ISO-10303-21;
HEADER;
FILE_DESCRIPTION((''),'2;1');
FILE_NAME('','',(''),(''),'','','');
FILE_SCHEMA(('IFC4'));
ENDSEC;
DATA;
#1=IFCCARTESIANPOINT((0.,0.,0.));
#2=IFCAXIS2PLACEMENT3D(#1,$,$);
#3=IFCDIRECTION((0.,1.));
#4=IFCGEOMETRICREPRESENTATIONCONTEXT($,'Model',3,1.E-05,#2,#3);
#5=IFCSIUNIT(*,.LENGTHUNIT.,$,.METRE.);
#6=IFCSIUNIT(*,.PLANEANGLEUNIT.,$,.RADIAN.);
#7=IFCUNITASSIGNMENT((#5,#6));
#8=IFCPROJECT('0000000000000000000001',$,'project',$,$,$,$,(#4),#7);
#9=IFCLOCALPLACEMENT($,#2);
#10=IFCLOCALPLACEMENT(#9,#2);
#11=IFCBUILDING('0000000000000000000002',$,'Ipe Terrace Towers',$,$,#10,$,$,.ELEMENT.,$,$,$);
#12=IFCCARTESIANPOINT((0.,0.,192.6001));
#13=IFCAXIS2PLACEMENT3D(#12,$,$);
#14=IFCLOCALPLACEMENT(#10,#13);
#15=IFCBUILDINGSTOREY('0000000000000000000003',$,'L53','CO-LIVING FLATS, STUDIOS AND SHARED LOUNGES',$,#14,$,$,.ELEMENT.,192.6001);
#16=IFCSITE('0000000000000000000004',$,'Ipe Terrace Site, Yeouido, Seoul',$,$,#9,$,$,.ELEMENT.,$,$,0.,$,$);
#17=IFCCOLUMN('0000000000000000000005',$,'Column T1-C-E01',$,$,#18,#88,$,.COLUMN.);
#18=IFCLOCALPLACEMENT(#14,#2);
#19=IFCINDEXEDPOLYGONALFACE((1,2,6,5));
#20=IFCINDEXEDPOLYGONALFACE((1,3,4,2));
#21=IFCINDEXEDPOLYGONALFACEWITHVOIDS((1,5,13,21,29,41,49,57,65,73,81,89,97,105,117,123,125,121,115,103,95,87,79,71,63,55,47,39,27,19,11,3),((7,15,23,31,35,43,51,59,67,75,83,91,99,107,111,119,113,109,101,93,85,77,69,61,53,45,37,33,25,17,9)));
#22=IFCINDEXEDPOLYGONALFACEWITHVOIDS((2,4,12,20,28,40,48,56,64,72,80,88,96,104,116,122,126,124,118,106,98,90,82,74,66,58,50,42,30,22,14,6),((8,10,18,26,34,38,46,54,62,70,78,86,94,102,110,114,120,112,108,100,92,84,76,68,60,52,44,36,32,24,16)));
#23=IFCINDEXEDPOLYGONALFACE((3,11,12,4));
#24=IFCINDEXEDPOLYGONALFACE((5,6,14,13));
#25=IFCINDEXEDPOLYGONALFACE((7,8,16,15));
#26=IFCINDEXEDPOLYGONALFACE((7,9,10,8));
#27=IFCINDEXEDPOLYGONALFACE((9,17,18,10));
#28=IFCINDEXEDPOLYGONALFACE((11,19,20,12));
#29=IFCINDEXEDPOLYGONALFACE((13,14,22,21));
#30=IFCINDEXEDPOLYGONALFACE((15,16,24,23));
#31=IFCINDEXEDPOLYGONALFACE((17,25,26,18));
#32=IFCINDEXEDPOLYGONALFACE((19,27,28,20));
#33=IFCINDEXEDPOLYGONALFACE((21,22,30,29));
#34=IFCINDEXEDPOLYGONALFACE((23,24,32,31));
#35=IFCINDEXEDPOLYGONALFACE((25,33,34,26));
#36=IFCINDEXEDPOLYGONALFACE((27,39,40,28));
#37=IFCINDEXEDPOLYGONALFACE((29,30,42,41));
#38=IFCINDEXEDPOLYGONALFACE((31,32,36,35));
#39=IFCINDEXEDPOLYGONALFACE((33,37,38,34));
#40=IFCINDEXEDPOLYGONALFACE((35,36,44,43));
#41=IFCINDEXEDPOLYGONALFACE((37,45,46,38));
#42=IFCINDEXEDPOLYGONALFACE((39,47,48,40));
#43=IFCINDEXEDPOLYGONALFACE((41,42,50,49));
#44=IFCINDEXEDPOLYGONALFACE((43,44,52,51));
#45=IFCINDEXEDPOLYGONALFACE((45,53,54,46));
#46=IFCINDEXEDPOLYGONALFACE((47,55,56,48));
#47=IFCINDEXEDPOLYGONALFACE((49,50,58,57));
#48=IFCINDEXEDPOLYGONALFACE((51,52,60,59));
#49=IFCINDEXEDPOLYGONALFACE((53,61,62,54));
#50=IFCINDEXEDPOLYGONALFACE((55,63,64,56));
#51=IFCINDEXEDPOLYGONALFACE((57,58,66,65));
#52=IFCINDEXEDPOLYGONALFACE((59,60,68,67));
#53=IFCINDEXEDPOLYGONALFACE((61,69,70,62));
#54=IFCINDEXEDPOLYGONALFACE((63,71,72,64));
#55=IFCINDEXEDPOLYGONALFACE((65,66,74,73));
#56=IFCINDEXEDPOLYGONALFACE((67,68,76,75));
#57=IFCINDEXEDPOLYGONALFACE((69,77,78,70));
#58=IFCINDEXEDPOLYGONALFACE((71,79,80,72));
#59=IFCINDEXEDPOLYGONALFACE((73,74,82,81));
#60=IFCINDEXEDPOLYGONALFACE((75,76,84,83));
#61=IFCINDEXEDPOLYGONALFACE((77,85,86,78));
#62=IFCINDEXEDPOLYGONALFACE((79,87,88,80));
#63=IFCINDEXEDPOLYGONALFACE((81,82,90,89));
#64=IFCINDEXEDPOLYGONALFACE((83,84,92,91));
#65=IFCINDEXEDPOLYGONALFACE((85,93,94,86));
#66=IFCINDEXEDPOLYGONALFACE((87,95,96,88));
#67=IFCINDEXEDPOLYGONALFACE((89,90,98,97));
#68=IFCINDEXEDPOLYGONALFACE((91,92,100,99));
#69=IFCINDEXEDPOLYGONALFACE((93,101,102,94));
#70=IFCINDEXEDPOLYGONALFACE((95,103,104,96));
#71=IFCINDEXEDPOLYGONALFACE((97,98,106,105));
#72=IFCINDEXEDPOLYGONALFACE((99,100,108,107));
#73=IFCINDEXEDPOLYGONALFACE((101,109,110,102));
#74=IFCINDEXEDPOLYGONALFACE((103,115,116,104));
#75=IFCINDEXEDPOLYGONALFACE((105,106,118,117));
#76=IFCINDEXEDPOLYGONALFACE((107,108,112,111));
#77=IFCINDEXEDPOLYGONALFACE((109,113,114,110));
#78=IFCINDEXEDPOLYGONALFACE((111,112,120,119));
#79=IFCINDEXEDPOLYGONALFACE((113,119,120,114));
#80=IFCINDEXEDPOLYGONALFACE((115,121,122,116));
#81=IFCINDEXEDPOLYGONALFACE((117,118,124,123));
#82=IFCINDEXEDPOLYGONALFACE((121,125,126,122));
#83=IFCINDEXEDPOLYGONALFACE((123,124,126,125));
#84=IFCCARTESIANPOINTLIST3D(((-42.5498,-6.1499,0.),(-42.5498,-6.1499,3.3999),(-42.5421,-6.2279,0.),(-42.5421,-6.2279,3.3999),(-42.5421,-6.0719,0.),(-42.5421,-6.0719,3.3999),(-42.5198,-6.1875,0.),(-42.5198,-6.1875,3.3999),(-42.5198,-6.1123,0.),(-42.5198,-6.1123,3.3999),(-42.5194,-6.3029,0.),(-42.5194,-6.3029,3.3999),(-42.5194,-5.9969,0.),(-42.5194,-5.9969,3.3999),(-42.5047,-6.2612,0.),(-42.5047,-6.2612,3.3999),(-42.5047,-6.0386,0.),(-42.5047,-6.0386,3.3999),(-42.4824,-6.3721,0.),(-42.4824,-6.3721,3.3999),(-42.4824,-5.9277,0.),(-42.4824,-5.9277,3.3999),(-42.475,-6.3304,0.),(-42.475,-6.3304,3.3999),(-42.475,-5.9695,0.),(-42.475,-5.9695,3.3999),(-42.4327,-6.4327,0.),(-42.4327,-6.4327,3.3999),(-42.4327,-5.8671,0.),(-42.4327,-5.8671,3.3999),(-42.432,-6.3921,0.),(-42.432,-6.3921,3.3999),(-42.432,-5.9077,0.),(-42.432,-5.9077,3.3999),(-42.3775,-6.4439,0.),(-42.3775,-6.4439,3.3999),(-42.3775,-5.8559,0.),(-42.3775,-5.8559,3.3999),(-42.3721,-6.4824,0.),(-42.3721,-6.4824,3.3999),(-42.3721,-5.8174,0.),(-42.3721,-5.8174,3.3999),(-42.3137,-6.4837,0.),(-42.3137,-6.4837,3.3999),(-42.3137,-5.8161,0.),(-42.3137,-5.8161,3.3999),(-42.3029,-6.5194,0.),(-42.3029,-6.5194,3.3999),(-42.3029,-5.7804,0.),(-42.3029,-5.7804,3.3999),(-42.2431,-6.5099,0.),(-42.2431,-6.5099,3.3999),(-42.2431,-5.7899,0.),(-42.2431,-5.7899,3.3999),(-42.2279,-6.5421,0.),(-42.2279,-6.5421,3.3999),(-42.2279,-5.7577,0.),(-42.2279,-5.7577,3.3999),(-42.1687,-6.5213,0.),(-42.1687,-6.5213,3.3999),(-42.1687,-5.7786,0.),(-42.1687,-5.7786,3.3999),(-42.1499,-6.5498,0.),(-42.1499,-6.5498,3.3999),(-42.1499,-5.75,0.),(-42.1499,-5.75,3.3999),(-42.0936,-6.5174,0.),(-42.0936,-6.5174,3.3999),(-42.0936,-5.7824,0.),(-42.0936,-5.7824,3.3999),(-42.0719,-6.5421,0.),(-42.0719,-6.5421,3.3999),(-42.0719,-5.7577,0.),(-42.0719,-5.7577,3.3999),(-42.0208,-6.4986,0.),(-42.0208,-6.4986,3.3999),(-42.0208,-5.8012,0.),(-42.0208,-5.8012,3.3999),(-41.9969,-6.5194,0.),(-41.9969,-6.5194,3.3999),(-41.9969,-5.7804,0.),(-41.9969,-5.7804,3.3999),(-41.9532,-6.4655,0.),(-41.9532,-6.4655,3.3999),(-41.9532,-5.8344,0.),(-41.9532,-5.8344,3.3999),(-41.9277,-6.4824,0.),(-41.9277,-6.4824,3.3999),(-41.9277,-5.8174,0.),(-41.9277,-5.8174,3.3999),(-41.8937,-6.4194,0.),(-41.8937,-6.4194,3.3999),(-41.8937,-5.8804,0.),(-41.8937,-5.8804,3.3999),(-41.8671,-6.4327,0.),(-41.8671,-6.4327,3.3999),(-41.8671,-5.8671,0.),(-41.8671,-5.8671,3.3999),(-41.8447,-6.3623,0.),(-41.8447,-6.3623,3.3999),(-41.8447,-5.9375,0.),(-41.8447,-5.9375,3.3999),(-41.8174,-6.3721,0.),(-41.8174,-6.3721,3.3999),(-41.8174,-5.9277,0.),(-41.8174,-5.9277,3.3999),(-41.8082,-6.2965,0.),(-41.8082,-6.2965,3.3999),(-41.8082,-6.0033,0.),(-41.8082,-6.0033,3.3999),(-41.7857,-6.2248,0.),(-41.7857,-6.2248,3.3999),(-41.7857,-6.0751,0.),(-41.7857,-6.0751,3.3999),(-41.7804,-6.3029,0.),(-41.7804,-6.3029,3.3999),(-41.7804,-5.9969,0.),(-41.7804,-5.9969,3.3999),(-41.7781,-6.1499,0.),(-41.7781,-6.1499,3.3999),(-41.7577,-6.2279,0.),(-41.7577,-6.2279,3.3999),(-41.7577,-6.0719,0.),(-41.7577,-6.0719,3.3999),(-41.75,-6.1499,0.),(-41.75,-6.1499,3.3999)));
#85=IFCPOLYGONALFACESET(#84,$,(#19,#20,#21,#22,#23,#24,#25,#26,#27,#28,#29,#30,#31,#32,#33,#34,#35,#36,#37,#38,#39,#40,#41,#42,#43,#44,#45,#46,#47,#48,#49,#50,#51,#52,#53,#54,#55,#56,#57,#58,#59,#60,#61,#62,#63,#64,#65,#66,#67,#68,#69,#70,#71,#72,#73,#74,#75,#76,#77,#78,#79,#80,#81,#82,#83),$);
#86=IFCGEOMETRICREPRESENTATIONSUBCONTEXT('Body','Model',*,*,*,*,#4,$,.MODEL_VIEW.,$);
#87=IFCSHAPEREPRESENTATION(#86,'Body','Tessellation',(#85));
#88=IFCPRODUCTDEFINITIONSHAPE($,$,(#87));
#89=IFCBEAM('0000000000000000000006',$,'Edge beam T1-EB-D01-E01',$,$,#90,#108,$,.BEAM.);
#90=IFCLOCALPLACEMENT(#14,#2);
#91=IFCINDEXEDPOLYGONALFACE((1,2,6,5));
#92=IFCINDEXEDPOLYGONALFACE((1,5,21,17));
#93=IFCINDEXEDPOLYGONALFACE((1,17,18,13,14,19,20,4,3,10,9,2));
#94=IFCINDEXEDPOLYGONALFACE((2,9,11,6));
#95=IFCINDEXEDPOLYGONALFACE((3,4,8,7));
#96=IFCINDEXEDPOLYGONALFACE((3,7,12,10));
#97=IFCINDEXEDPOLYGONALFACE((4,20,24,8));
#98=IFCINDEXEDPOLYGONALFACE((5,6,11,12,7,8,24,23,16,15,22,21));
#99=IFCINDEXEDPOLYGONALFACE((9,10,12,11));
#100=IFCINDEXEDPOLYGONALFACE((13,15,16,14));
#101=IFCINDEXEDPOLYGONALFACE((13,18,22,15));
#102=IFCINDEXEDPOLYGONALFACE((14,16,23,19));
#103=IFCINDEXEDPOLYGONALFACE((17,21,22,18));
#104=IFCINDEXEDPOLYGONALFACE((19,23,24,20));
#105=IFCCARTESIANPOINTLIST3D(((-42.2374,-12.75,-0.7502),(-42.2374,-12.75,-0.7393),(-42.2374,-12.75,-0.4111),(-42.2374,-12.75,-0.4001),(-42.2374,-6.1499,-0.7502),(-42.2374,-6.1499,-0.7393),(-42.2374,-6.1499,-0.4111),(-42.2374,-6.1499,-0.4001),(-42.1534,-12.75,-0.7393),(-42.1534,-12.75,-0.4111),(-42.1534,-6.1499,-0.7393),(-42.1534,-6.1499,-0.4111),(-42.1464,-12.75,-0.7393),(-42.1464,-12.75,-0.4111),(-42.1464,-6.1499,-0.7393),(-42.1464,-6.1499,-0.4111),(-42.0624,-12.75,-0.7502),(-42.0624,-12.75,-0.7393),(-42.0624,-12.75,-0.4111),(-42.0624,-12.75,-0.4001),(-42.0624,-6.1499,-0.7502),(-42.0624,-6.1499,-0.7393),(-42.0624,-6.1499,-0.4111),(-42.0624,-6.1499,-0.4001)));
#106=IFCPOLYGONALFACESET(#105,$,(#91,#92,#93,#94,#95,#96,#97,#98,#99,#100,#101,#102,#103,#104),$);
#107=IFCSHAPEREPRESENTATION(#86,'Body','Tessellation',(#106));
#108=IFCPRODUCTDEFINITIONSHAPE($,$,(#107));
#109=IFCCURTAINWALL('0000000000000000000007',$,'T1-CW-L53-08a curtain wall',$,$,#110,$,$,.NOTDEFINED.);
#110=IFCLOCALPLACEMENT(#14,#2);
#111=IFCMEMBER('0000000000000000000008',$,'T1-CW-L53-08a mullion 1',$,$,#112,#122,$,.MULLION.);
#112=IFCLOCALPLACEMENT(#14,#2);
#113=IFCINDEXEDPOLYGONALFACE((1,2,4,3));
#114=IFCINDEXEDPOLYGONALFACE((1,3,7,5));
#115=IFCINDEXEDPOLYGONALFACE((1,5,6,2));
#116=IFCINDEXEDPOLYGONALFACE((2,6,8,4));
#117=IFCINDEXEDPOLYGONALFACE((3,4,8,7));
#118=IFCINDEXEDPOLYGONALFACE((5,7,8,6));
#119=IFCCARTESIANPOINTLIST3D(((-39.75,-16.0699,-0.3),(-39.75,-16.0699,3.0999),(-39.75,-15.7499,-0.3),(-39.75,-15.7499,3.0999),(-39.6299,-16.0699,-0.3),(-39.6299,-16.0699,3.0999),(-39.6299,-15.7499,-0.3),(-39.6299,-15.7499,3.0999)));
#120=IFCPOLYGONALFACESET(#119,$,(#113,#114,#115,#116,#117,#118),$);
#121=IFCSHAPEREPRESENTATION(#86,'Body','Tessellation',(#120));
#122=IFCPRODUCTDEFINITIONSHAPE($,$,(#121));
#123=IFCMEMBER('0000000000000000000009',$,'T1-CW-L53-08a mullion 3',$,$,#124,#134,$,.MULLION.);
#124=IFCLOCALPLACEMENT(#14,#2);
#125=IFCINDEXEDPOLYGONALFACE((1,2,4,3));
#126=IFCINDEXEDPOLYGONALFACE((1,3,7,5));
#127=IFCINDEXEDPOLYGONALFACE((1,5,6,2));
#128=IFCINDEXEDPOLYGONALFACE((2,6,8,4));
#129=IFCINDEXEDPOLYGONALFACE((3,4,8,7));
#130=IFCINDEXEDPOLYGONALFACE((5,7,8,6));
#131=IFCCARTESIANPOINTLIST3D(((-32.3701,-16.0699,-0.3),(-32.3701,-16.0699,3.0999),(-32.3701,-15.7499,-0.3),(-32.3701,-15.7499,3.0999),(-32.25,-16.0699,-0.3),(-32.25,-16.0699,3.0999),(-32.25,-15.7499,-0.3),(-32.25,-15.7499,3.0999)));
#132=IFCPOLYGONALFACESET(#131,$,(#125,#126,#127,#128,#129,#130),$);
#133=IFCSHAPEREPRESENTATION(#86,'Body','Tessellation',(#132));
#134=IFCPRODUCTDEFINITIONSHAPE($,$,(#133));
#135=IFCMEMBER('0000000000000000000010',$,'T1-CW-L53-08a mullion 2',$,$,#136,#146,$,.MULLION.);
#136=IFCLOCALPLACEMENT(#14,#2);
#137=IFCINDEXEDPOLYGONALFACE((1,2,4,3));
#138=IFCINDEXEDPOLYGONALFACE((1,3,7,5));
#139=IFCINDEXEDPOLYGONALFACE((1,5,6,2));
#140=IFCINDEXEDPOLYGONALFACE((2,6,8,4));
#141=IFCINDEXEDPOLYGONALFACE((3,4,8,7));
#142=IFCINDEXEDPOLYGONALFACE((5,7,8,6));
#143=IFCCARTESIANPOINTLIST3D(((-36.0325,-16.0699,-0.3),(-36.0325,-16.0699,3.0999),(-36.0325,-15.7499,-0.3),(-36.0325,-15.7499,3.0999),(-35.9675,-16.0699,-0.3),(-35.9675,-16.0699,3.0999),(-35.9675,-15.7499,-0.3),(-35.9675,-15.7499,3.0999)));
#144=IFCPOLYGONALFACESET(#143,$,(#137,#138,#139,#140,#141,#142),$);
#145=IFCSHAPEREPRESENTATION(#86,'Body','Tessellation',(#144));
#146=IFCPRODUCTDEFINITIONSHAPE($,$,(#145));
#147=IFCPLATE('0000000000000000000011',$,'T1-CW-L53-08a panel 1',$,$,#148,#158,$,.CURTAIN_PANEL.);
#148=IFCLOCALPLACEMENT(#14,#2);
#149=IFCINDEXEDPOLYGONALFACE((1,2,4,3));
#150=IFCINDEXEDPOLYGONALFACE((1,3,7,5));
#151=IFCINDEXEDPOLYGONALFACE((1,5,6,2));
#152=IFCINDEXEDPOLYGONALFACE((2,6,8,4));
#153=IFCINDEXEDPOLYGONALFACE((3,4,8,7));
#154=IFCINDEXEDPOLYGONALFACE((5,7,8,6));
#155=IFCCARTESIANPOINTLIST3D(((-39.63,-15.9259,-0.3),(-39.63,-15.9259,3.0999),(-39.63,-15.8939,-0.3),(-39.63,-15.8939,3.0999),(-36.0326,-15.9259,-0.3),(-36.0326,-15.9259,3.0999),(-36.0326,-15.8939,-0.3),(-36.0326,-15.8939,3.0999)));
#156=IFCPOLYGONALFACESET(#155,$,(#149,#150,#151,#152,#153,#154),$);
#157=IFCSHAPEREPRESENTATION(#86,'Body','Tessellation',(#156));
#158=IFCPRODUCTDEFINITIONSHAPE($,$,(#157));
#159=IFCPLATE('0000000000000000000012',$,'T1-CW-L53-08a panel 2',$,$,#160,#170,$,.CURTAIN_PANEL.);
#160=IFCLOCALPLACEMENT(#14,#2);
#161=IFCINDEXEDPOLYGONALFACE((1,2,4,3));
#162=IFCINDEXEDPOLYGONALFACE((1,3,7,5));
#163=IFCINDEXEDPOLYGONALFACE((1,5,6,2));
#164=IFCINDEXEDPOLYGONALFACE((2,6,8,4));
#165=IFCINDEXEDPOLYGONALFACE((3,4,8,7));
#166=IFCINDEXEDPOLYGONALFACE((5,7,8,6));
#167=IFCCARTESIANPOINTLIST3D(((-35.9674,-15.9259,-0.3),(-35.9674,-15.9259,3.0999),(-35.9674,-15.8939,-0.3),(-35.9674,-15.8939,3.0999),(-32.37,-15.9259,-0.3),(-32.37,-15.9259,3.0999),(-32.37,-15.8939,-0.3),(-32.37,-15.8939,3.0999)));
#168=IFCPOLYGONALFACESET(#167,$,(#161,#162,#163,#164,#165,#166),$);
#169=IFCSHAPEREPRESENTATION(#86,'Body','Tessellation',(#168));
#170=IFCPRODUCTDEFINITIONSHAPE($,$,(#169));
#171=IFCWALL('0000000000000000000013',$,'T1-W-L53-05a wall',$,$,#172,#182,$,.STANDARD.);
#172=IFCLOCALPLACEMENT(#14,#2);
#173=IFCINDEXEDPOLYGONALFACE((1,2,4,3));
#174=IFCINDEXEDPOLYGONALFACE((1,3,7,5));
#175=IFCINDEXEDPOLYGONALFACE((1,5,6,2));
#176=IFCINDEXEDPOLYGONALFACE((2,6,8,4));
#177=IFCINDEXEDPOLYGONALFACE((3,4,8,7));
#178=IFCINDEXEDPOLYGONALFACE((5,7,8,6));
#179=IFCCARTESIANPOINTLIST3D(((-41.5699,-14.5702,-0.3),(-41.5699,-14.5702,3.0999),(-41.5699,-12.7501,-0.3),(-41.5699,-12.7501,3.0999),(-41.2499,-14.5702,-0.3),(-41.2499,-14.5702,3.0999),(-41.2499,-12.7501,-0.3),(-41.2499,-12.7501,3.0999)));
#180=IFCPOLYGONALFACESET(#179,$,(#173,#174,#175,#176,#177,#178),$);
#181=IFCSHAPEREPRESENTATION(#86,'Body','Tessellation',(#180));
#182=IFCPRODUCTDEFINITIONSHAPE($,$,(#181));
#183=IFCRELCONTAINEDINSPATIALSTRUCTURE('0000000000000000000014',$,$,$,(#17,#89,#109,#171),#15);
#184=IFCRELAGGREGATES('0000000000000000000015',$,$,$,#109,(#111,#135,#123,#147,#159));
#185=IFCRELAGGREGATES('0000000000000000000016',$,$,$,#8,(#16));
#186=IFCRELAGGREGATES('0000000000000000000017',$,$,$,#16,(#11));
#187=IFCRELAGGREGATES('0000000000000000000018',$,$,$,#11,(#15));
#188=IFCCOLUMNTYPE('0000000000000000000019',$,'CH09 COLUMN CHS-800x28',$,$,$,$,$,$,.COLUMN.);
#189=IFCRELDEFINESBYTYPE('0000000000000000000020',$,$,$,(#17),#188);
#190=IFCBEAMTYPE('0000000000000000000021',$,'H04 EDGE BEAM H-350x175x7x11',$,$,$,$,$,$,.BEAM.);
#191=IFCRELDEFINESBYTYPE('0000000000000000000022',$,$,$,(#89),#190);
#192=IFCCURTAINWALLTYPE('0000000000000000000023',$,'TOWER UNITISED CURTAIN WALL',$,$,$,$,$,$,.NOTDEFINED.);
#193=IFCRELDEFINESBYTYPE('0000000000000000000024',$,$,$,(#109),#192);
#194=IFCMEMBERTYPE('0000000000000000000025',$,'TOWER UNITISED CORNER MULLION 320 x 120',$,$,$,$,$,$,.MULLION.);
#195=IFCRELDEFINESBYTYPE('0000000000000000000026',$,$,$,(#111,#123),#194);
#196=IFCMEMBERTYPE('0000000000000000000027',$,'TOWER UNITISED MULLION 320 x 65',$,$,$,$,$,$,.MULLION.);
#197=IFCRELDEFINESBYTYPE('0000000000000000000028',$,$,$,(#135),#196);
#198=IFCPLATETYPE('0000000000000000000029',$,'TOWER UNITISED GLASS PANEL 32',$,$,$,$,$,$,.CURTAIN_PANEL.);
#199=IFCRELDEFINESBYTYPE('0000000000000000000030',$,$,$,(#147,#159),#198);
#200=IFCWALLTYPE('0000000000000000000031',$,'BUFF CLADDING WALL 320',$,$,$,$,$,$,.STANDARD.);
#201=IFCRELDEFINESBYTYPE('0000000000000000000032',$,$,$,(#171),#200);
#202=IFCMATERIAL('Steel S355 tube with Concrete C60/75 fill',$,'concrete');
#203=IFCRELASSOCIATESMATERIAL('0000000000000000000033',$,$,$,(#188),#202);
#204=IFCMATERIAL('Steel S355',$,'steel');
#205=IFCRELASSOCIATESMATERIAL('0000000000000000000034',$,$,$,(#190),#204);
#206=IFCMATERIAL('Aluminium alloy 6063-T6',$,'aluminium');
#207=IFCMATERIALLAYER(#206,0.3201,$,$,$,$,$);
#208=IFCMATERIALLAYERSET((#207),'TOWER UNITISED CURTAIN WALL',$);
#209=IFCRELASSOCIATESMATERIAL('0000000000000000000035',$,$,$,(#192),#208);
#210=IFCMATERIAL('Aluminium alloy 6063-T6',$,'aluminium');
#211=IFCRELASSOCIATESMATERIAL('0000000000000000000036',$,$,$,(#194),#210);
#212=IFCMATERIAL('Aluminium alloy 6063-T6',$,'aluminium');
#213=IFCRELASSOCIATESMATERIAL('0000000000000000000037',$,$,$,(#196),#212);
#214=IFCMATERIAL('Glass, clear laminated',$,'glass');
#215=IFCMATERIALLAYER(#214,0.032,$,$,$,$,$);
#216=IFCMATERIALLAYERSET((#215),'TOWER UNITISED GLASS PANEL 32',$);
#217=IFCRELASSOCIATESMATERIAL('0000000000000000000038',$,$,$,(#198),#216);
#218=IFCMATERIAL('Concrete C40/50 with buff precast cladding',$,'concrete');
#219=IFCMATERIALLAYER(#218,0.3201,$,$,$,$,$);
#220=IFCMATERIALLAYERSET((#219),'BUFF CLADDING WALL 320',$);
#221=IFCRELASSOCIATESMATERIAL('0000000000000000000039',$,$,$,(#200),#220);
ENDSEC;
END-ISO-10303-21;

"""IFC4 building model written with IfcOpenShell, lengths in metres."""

from ifc_helpers import new_model, si_unit, direction, frame, frame_2d, origin, origin_2d, place, context, subcontext, project, spatial, rectangle, hollow_circle, i_section, extrude, material, layer, layer_set, material_profile, profile_set, type_object, element, aggregate, save


model = new_model("IFC4")

# Units and contexts
model_context = context("Model", 3, precision=1e-05, world=origin(), true_north=direction((0.0, 1.0)))
body_context = subcontext(model_context, "Body", "Model", "MODEL_VIEW")
ifc_project = project(units=[si_unit("LENGTHUNIT", "METRE"), si_unit("PLANEANGLEUNIT", "RADIAN")], contexts=[model_context])

# Site, building, storey
site_placement = place(None, origin())
site = spatial("IfcSite", under=ifc_project, at=site_placement, Name="Ipe Terrace Site, Yeouido, Seoul", CompositionType="ELEMENT", RefElevation=0.0)
building_placement = place(site_placement, origin())
building = spatial("IfcBuilding", under=site, at=building_placement, Name="Ipe Terrace Towers", CompositionType="ELEMENT")
storey_placement = place(building_placement, frame((0.0, 0.0, 192.6001)))
storey = spatial("IfcBuildingStorey", under=building, at=storey_placement, Name="L53", Description="CO-LIVING FLATS, STUDIOS AND SHARED LOUNGES", CompositionType="ELEMENT", Elevation=192.6001)

# Column
ifc_material_1 = material(Name="Steel S355 tube with Concrete C60/75 fill", Category="concrete")
ifc_material_profile_1 = material_profile(ifc_material_1, hollow_circle(Radius=0.3999, WallThickness=0.0281, at=origin_2d()), Name="CHS-800x28")
ifc_profile_set_1 = profile_set([ifc_material_profile_1], Name="Steel S355 tube with Concrete C60/75 fill")
column_type = type_object("IfcColumnType", Name="CH09 COLUMN CHS-800x28", PredefinedType="COLUMN", material=ifc_profile_set_1)
column_placement = place(storey_placement, frame((-42.1499, -6.1499, 0.0), z_axis=(0.0, 0.0, 1.0), x_axis=(1.0, 0.0, 0.0)))
element("IfcColumn", 1, at=column_placement, inside=storey, type_object=column_type, Name="Column T1-C-E01", PredefinedType="COLUMN", context=body_context, shape_type="SweptSolid", body=[
    extrude(hollow_circle(Radius=0.3999, WallThickness=0.0281, at=origin_2d()), origin(), (0.0, 0.0, 1.0), 3.3999),
])

# Beam
ifc_material_2 = material(Name="Steel S355", Category="steel")
ifc_material_profile_2 = material_profile(ifc_material_2, i_section(OverallWidth=0.175, OverallDepth=0.3501, WebThickness=0.0071, FlangeThickness=0.011, at=origin_2d()), Name="H-350x175x7x11")
ifc_profile_set_2 = profile_set([ifc_material_profile_2], Name="Steel S355")
beam_type = type_object("IfcBeamType", Name="H04 EDGE BEAM H-350x175x7x11", PredefinedType="BEAM", material=ifc_profile_set_2)
beam_placement = place(storey_placement, frame((-42.1499, -12.75, -0.5752), z_axis=(0.0, 1.0, 0.0), x_axis=(-1.0, 0.0, 0.0)))
element("IfcBeam", 2, at=beam_placement, inside=storey, type_object=beam_type, Name="Edge beam T1-EB-D01-E01", PredefinedType="BEAM", context=body_context, shape_type="SweptSolid", body=[
    extrude(i_section(OverallWidth=0.175, OverallDepth=0.3501, WebThickness=0.0071, FlangeThickness=0.011, at=origin_2d()), origin(), (0.0, 0.0, 1.0), 6.6001),
])

# Curtain wall, members, plates
ifc_material_3 = material(Name="Aluminium alloy 6063-T6", Category="aluminium")
ifc_layer_1 = layer(ifc_material_3, 0.3201)
ifc_layer_set_1 = layer_set([ifc_layer_1], Name="TOWER UNITISED CURTAIN WALL")
curtain_wall_type = type_object("IfcCurtainWallType", Name="TOWER UNITISED CURTAIN WALL", PredefinedType="NOTDEFINED", material=ifc_layer_set_1)
curtain_wall_placement = place(storey_placement, origin())
curtain_wall = element("IfcCurtainWall", 3, at=curtain_wall_placement, inside=storey, type_object=curtain_wall_type, Name="T1-CW-L53-08a curtain wall", PredefinedType="NOTDEFINED")
ifc_material_4 = material(Name="Aluminium alloy 6063-T6", Category="aluminium")
ifc_material_profile_3 = material_profile(ifc_material_4, rectangle(XDim=0.3201, YDim=0.1201, at=origin_2d()), Name="TOWER UNITISED CORNER MULLION 320 x 120")
ifc_profile_set_3 = profile_set([ifc_material_profile_3], Name="Aluminium alloy 6063-T6")
member_type_1 = type_object("IfcMemberType", Name="TOWER UNITISED CORNER MULLION 320 x 120", PredefinedType="MULLION", material=ifc_profile_set_3)
member_1_placement = place(storey_placement, frame((-39.6899, -15.9099, -0.3), z_axis=(0.0, 0.0, 1.0), x_axis=(0.0, -1.0, 0.0)))
member_1 = element("IfcMember", 4, at=member_1_placement, type_object=member_type_1, Name="T1-CW-L53-08a mullion 1", PredefinedType="MULLION", context=body_context, shape_type="SweptSolid", body=[
    extrude(rectangle(XDim=0.3201, YDim=0.1201, at=origin_2d()), origin(), (0.0, 0.0, 1.0), 3.3999),
])
member_2_placement = place(storey_placement, frame((-32.3101, -15.9099, -0.3), z_axis=(0.0, 0.0, 1.0), x_axis=(0.0, -1.0, 0.0)))
member_2 = element("IfcMember", 5, at=member_2_placement, type_object=member_type_1, Name="T1-CW-L53-08a mullion 3", PredefinedType="MULLION", context=body_context, shape_type="SweptSolid", body=[
    extrude(rectangle(XDim=0.3201, YDim=0.1201, at=origin_2d()), origin(), (0.0, 0.0, 1.0), 3.3999),
])
ifc_material_5 = material(Name="Aluminium alloy 6063-T6", Category="aluminium")
ifc_material_profile_4 = material_profile(ifc_material_5, rectangle(XDim=0.3201, YDim=0.0649, at=origin_2d()), Name="TOWER UNITISED MULLION 320 x 65")
ifc_profile_set_4 = profile_set([ifc_material_profile_4], Name="Aluminium alloy 6063-T6")
member_type_2 = type_object("IfcMemberType", Name="TOWER UNITISED MULLION 320 x 65", PredefinedType="MULLION", material=ifc_profile_set_4)
member_3_placement = place(storey_placement, frame((-36.0, -15.9099, -0.3), z_axis=(0.0, 0.0, 1.0), x_axis=(0.0, -1.0, 0.0)))
member_3 = element("IfcMember", 6, at=member_3_placement, type_object=member_type_2, Name="T1-CW-L53-08a mullion 2", PredefinedType="MULLION", context=body_context, shape_type="SweptSolid", body=[
    extrude(rectangle(XDim=0.3201, YDim=0.0649, at=origin_2d()), origin(), (0.0, 0.0, 1.0), 3.3999),
])
ifc_material_6 = material(Name="Glass, clear laminated", Category="glass")
ifc_layer_2 = layer(ifc_material_6, 0.032)
ifc_layer_set_2 = layer_set([ifc_layer_2], Name="TOWER UNITISED GLASS PANEL 32")
plate_type = type_object("IfcPlateType", Name="TOWER UNITISED GLASS PANEL 32", PredefinedType="CURTAIN_PANEL", material=ifc_layer_set_2)
plate_1_placement = place(storey_placement, frame((-37.8313, -15.9099, -0.3), z_axis=(0.0, 0.0, 1.0), x_axis=(1.0, 0.0, 0.0)))
plate_1 = element("IfcPlate", 7, at=plate_1_placement, type_object=plate_type, Name="T1-CW-L53-08a panel 1", PredefinedType="CURTAIN_PANEL", context=body_context, shape_type="SweptSolid", body=[
    extrude(rectangle(XDim=3.5974, YDim=0.032, at=origin_2d()), origin(), (0.0, 0.0, 1.0), 3.3999),
])
plate_2_placement = place(storey_placement, frame((-34.1687, -15.9099, -0.3), z_axis=(0.0, 0.0, 1.0), x_axis=(1.0, 0.0, 0.0)))
plate_2 = element("IfcPlate", 8, at=plate_2_placement, type_object=plate_type, Name="T1-CW-L53-08a panel 2", PredefinedType="CURTAIN_PANEL", context=body_context, shape_type="SweptSolid", body=[
    extrude(rectangle(XDim=3.5974, YDim=0.032, at=origin_2d()), origin(), (0.0, 0.0, 1.0), 3.3999),
])
aggregate(curtain_wall, [member_1, member_3, member_2, plate_1, plate_2])

# Wall
ifc_material_7 = material(Name="Concrete C40/50 with buff precast cladding", Category="concrete")
ifc_layer_3 = layer(ifc_material_7, 0.3201)
ifc_layer_set_3 = layer_set([ifc_layer_3], Name="BUFF CLADDING WALL 320")
wall_type_1 = type_object("IfcWallType", Name="BUFF CLADDING WALL 320", PredefinedType="STANDARD", material=ifc_layer_set_3)
wall_1_placement = place(storey_placement, frame((-41.4099, -12.75, -0.3), z_axis=(0.0, 0.0, 1.0), x_axis=(0.0, -1.0, 0.0)))
element("IfcWall", 9, at=wall_1_placement, inside=storey, type_object=wall_type_1, Name="T1-W-L53-05a wall", PredefinedType="STANDARD", context=body_context, shape_type="SweptSolid", body=[
    extrude(rectangle(XDim=1.8201, YDim=0.3201, at=frame_2d((0.9102, 0.0))), origin(), (0.0, 0.0, 1.0), 3.3999),
])

save(model, "model.ifc")
